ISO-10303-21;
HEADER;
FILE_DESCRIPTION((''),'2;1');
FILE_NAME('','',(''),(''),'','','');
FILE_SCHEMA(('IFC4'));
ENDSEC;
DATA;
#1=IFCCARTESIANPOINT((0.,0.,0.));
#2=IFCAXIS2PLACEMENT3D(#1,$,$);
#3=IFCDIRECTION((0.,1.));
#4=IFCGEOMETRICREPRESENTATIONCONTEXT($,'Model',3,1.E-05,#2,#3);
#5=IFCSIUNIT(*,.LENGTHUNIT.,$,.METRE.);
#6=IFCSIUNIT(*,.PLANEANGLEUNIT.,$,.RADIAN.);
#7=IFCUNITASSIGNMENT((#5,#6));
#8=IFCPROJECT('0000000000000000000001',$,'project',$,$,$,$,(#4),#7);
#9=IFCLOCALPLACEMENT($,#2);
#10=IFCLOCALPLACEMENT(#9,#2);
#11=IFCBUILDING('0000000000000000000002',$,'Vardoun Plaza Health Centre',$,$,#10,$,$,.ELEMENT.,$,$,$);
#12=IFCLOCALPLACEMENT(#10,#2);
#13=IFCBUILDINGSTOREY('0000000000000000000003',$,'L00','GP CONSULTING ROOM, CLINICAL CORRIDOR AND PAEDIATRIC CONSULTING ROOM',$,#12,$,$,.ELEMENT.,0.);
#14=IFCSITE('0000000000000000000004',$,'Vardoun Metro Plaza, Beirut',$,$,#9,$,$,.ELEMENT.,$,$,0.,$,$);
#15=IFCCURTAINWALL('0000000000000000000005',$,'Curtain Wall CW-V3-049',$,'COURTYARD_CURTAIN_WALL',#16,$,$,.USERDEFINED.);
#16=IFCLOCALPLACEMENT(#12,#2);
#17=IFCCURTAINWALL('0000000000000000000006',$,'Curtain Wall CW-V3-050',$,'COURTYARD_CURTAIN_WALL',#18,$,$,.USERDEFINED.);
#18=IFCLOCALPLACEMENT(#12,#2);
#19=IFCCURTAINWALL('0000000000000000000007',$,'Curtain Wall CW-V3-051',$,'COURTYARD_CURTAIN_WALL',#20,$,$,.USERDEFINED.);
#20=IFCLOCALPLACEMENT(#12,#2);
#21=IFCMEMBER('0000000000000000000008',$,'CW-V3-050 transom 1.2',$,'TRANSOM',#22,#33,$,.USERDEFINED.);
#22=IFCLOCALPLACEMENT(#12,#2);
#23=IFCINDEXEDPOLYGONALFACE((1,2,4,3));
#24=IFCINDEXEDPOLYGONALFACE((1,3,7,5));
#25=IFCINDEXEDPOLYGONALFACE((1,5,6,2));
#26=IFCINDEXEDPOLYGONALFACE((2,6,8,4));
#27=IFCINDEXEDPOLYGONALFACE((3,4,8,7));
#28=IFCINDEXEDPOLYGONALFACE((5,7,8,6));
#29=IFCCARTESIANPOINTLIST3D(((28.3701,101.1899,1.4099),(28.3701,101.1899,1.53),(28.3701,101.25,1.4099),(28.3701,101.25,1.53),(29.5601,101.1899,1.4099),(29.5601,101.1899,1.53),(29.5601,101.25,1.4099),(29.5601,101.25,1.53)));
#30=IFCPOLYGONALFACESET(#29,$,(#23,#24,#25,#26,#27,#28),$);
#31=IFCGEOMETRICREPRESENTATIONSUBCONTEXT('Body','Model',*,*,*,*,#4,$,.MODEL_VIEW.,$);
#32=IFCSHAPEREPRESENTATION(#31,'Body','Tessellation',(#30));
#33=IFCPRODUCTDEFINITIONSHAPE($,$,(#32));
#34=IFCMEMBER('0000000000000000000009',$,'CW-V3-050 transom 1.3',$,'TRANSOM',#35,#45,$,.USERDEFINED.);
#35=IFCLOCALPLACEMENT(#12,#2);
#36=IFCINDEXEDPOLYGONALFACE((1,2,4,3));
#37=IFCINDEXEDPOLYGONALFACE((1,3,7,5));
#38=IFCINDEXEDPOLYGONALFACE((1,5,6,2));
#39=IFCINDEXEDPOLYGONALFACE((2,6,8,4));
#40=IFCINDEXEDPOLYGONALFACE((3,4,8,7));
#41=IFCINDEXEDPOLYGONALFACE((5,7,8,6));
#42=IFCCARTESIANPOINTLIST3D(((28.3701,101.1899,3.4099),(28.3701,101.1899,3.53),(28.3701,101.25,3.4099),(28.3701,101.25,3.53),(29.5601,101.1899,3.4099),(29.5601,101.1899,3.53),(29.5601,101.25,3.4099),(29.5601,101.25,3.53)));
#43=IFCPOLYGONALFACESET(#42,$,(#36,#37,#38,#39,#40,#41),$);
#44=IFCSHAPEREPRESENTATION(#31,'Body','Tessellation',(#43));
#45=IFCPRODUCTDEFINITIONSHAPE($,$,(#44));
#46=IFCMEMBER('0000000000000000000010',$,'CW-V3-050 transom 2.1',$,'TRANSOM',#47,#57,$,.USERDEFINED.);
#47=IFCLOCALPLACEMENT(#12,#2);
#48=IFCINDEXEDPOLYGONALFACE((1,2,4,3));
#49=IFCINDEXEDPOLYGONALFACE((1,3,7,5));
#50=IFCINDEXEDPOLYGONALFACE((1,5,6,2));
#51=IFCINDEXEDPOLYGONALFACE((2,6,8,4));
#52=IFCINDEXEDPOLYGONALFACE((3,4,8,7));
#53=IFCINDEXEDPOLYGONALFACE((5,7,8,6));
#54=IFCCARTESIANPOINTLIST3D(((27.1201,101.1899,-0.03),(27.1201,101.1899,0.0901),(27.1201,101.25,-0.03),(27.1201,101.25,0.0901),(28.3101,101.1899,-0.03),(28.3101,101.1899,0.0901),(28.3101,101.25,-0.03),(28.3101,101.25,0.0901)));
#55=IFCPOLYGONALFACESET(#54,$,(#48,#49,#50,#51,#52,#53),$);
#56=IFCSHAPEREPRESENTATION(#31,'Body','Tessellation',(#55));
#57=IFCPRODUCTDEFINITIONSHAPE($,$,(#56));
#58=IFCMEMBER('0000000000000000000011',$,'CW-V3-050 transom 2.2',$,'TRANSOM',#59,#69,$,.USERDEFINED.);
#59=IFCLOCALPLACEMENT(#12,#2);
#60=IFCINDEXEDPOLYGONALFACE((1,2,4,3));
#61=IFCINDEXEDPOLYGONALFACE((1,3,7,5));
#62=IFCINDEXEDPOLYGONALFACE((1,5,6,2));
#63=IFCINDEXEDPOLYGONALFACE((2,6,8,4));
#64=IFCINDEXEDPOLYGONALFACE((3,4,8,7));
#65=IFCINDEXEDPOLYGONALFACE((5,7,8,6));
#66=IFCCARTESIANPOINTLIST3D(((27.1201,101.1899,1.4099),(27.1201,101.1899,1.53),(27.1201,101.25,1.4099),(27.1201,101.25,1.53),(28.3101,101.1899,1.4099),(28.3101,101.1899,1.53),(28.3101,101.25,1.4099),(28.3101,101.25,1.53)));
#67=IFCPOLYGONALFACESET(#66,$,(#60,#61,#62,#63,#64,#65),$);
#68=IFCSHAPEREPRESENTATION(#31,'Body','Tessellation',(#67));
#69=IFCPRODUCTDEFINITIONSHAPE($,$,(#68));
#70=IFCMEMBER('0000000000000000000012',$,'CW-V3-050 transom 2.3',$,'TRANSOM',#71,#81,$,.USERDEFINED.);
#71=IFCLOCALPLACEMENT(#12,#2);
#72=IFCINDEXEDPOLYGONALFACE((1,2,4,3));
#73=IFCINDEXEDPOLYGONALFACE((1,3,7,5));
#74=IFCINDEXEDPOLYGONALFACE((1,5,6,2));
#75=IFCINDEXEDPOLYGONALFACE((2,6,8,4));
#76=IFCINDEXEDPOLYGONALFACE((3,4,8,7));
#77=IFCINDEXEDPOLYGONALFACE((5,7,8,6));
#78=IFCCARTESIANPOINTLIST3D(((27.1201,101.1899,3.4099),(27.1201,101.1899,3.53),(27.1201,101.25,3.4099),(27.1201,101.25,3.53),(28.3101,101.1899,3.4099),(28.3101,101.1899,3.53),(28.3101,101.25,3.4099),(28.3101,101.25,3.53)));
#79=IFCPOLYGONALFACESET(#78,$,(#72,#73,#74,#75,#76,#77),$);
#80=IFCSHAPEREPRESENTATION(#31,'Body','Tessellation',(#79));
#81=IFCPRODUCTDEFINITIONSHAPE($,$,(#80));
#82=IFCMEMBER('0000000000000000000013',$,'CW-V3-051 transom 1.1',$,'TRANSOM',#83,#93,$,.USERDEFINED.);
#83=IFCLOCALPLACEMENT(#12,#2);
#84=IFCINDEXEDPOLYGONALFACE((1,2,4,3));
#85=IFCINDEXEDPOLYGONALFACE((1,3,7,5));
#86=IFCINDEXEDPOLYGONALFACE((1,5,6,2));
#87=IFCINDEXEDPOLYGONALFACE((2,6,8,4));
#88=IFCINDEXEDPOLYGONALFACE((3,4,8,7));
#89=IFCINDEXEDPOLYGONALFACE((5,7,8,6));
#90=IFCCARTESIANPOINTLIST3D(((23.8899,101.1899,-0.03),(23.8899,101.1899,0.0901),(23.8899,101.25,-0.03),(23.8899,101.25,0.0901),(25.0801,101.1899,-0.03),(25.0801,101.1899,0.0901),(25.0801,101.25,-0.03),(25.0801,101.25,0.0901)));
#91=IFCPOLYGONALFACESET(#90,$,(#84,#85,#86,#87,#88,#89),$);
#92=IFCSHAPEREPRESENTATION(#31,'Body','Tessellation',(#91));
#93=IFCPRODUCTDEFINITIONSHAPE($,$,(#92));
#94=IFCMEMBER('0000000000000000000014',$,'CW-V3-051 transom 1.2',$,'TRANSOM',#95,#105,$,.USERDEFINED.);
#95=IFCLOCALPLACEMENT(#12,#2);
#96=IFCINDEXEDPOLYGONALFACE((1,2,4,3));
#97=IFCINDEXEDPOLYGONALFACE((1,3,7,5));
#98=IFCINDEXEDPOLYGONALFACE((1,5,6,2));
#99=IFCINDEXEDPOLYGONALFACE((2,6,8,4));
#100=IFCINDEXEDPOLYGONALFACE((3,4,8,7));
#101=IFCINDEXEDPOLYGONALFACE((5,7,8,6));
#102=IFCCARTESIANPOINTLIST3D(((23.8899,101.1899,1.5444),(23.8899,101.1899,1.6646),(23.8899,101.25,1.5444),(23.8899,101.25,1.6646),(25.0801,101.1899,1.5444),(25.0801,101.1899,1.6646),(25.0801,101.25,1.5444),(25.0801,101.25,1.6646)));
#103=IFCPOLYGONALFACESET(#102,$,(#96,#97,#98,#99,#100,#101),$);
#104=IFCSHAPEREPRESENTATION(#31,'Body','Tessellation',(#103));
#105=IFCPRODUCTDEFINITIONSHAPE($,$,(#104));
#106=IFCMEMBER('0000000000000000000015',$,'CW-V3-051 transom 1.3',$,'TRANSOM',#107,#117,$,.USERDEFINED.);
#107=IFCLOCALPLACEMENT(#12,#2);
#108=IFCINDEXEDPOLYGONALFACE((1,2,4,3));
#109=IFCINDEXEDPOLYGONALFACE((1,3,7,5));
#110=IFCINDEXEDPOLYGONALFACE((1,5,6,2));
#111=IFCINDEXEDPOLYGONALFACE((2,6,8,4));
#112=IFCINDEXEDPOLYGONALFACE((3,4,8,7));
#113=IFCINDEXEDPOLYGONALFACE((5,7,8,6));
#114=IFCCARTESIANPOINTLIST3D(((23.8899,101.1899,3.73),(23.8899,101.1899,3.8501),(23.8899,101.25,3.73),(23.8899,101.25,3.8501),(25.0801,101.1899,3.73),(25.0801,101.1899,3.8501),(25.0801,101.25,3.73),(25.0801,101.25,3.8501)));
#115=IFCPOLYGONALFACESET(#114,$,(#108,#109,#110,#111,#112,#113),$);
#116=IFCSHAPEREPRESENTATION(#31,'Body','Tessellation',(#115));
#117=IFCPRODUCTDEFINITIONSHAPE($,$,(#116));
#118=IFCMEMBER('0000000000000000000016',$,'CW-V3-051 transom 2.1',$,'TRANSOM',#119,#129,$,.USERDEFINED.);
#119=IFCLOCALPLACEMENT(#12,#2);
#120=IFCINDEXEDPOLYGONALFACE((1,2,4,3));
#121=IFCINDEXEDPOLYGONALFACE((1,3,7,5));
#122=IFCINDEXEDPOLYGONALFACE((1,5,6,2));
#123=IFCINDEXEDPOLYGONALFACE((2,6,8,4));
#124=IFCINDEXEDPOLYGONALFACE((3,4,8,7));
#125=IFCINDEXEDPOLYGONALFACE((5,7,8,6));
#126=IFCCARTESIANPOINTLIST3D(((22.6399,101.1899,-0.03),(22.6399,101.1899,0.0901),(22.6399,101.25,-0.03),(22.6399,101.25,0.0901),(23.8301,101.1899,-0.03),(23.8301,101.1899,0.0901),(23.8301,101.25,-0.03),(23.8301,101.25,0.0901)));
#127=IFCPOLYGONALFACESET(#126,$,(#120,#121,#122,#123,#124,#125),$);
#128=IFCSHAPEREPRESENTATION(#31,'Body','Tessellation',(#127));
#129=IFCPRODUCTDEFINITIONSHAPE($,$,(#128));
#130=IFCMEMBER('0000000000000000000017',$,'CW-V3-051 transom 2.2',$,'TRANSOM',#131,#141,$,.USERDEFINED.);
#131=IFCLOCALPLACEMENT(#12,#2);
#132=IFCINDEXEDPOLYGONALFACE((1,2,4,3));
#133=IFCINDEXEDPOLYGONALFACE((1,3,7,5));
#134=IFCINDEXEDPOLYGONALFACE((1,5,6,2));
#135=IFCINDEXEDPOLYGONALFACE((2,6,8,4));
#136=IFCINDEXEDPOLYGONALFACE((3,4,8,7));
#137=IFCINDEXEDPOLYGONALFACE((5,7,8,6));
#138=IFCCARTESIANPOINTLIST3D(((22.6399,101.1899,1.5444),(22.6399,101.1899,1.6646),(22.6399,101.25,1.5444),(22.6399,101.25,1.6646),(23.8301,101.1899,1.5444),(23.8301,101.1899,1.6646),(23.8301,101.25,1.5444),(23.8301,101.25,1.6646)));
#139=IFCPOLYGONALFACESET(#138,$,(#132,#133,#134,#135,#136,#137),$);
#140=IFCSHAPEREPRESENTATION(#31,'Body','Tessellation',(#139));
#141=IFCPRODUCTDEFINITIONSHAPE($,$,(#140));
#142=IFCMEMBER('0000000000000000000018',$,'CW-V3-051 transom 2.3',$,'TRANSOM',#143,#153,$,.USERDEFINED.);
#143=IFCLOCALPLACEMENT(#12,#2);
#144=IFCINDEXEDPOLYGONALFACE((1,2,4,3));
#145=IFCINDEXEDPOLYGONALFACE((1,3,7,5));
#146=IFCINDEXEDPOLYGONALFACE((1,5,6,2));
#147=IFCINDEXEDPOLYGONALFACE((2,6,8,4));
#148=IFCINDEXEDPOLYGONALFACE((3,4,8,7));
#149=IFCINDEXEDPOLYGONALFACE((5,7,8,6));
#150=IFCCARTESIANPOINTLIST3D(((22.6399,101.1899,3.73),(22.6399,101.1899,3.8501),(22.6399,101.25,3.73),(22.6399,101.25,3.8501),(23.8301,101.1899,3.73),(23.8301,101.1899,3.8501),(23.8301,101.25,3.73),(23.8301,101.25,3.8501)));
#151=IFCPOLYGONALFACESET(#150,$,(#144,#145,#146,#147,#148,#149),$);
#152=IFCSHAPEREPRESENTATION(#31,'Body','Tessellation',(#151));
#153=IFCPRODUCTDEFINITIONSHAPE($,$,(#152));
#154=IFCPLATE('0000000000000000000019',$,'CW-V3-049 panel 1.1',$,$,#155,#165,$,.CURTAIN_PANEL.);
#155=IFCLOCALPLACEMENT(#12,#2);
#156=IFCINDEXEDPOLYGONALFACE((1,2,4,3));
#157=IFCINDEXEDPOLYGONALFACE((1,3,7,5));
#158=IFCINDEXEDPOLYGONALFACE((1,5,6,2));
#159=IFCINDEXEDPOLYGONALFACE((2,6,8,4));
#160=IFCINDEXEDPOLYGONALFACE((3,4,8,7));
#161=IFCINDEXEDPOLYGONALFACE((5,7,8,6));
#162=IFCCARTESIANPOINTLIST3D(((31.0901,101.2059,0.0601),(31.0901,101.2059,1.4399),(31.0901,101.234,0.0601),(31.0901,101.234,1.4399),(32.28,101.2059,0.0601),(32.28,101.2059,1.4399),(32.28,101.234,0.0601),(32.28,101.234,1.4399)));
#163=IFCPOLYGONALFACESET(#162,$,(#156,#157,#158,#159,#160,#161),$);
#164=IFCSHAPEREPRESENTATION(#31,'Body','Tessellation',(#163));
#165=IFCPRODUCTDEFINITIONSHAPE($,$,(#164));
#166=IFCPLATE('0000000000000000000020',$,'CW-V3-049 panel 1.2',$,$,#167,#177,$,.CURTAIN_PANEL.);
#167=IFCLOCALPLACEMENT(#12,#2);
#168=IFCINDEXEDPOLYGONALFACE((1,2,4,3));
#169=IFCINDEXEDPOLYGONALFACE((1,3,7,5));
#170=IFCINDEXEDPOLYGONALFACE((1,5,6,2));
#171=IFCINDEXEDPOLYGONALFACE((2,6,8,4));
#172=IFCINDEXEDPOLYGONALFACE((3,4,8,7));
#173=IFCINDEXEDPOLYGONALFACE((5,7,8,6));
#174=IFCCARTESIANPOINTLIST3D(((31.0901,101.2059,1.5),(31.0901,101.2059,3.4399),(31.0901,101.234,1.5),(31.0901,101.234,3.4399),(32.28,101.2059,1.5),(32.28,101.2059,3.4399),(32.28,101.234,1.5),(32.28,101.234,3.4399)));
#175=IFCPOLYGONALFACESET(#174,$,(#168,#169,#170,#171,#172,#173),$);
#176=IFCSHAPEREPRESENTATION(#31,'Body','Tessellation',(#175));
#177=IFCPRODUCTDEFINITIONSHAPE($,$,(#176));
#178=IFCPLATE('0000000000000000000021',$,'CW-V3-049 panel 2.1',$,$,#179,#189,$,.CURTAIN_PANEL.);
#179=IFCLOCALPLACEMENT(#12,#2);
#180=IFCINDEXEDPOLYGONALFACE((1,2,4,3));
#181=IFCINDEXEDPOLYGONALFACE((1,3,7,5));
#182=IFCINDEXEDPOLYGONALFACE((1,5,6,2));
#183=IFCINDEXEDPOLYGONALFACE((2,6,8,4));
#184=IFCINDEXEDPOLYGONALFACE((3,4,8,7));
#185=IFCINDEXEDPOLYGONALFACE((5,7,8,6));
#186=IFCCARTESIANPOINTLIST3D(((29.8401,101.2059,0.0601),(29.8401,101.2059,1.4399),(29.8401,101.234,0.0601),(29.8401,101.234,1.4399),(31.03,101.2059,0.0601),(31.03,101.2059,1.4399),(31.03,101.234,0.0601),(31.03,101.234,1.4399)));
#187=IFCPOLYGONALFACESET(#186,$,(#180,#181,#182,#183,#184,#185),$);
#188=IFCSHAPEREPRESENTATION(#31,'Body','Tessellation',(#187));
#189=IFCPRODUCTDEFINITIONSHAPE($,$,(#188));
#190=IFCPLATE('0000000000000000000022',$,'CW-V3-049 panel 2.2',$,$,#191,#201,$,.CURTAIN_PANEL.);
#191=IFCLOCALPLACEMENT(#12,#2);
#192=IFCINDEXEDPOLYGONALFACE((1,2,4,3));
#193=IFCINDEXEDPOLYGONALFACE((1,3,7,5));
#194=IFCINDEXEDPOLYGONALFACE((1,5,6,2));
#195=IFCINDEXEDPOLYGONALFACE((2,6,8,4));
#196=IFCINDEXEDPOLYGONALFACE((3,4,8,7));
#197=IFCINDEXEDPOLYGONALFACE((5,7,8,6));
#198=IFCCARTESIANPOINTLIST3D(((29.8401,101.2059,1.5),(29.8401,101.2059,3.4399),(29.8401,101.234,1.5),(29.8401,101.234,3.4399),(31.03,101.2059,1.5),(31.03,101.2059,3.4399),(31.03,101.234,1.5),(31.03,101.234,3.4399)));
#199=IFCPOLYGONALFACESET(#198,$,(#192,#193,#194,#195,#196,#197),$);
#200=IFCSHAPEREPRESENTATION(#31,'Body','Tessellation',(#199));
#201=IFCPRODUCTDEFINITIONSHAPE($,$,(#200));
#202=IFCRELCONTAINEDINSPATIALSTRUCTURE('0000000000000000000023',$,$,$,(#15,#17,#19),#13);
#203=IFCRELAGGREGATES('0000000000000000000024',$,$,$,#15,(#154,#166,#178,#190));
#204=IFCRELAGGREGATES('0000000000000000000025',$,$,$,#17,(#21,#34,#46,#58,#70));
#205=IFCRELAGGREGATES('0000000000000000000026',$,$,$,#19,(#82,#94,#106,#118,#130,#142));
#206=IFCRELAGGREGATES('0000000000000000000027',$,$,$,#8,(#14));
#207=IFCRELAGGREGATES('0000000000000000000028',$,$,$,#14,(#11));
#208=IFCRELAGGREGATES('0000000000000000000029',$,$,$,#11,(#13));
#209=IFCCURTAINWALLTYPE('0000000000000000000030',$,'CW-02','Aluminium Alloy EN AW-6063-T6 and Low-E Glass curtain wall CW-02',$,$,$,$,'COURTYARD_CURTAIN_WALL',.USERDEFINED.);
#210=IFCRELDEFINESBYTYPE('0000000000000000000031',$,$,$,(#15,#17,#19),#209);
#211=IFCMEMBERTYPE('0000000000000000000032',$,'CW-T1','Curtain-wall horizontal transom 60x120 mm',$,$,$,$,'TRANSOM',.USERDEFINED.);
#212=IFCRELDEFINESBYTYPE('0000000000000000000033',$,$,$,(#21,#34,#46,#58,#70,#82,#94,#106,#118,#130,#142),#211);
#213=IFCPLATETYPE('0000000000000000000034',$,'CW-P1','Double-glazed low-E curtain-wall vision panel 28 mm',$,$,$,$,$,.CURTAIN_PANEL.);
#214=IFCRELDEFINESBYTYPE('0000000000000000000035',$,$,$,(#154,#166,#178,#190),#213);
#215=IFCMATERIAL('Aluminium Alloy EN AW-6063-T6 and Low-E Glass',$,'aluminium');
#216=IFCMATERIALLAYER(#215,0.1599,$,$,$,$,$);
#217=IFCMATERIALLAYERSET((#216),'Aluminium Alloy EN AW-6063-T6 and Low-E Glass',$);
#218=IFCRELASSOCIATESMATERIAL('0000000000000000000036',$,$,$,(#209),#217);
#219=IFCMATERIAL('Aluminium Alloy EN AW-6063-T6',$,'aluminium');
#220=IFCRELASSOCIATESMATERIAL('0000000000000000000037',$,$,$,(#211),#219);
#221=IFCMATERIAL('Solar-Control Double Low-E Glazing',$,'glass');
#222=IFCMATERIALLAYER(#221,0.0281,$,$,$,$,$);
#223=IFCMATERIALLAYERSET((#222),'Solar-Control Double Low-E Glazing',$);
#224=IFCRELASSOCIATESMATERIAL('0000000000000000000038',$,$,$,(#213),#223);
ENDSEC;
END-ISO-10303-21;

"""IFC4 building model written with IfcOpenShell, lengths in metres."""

from ifc_helpers import new_model, si_unit, direction, frame, origin, origin_2d, place, context, subcontext, project, spatial, rectangle, extrude, material, layer, layer_set, material_profile, profile_set, type_object, element, aggregate, save


model = new_model("IFC4")

# Units and contexts
model_context = context("Model", 3, precision=1e-05, world=origin(), true_north=direction((0.0, 1.0)))
body_context = subcontext(model_context, "Body", "Model", "MODEL_VIEW")
ifc_project = project(units=[si_unit("LENGTHUNIT", "METRE"), si_unit("PLANEANGLEUNIT", "RADIAN")], contexts=[model_context])

# Site, building, storey
site_placement = place(None, origin())
site = spatial("IfcSite", under=ifc_project, at=site_placement, Name="Vardoun Metro Plaza, Beirut", CompositionType="ELEMENT", RefElevation=0.0)
building_placement = place(site_placement, origin())
building = spatial("IfcBuilding", under=site, at=building_placement, Name="Vardoun Plaza Health Centre", CompositionType="ELEMENT")
storey_placement = place(building_placement, origin())
storey = spatial("IfcBuildingStorey", under=building, at=storey_placement, Name="L00", Description="GP CONSULTING ROOM, CLINICAL CORRIDOR AND PAEDIATRIC CONSULTING ROOM", CompositionType="ELEMENT", Elevation=0.0)

# Curtain walls
ifc_material_1 = material(Name="Aluminium Alloy EN AW-6063-T6 and Low-E Glass", Category="aluminium")
ifc_layer_1 = layer(ifc_material_1, 0.1599)
ifc_layer_set_1 = layer_set([ifc_layer_1], Name="Aluminium Alloy EN AW-6063-T6 and Low-E Glass")
curtain_wall_type = type_object("IfcCurtainWallType", Name="CW-02", Description="Aluminium Alloy EN AW-6063-T6 and Low-E Glass curtain wall CW-02", ElementType="COURTYARD_CURTAIN_WALL", PredefinedType="USERDEFINED", material=ifc_layer_set_1)
curtain_wall_1_placement = place(storey_placement, origin())
curtain_wall_1 = element("IfcCurtainWall", 1, at=curtain_wall_1_placement, inside=storey, type_object=curtain_wall_type, Name="Curtain Wall CW-V3-049", ObjectType="COURTYARD_CURTAIN_WALL", PredefinedType="USERDEFINED")
curtain_wall_2_placement = place(storey_placement, origin())
curtain_wall_2 = element("IfcCurtainWall", 2, at=curtain_wall_2_placement, inside=storey, type_object=curtain_wall_type, Name="Curtain Wall CW-V3-050", ObjectType="COURTYARD_CURTAIN_WALL", PredefinedType="USERDEFINED")
curtain_wall_3_placement = place(storey_placement, origin())
curtain_wall_3 = element("IfcCurtainWall", 3, at=curtain_wall_3_placement, inside=storey, type_object=curtain_wall_type, Name="Curtain Wall CW-V3-051", ObjectType="COURTYARD_CURTAIN_WALL", PredefinedType="USERDEFINED")

# Members
ifc_material_2 = material(Name="Aluminium Alloy EN AW-6063-T6", Category="aluminium")
ifc_material_profile_1 = material_profile(ifc_material_2, rectangle(XDim=0.0601, YDim=0.1201, at=origin_2d()), Name="CWT 60x120")
ifc_profile_set_1 = profile_set([ifc_material_profile_1], Name="Aluminium Alloy EN AW-6063-T6")
member_type_1 = type_object("IfcMemberType", Name="CW-T1", Description="Curtain-wall horizontal transom 60x120 mm", ElementType="TRANSOM", PredefinedType="USERDEFINED", material=ifc_profile_set_1)
member_1_placement = place(storey_placement, frame((29.5601, 101.22, 1.47), z_axis=(-1.0, 0.0, 0.0), x_axis=(0.0, -1.0, 0.0)))
member_1 = element("IfcMember", 4, at=member_1_placement, type_object=member_type_1, Name="CW-V3-050 transom 1.2", ObjectType="TRANSOM", PredefinedType="USERDEFINED", context=body_context, shape_type="SweptSolid", body=[
    extrude(rectangle(XDim=0.0601, YDim=0.1201, at=origin_2d()), origin(), (0.0, 0.0, 1.0), 1.1899),
])
member_2_placement = place(storey_placement, frame((29.5601, 101.22, 3.47), z_axis=(-1.0, 0.0, 0.0), x_axis=(0.0, -1.0, 0.0)))
member_2 = element("IfcMember", 5, at=member_2_placement, type_object=member_type_1, Name="CW-V3-050 transom 1.3", ObjectType="TRANSOM", PredefinedType="USERDEFINED", context=body_context, shape_type="SweptSolid", body=[
    extrude(rectangle(XDim=0.0601, YDim=0.1201, at=origin_2d()), origin(), (0.0, 0.0, 1.0), 1.1899),
])
member_3_placement = place(storey_placement, frame((28.3101, 101.22, 0.03), z_axis=(-1.0, 0.0, 0.0), x_axis=(0.0, -1.0, 0.0)))
member_3 = element("IfcMember", 6, at=member_3_placement, type_object=member_type_1, Name="CW-V3-050 transom 2.1", ObjectType="TRANSOM", PredefinedType="USERDEFINED", context=body_context, shape_type="SweptSolid", body=[
    extrude(rectangle(XDim=0.0601, YDim=0.1201, at=origin_2d()), origin(), (0.0, 0.0, 1.0), 1.1899),
])
member_4_placement = place(storey_placement, frame((28.3101, 101.22, 1.47), z_axis=(-1.0, 0.0, 0.0), x_axis=(0.0, -1.0, 0.0)))
member_4 = element("IfcMember", 7, at=member_4_placement, type_object=member_type_1, Name="CW-V3-050 transom 2.2", ObjectType="TRANSOM", PredefinedType="USERDEFINED", context=body_context, shape_type="SweptSolid", body=[
    extrude(rectangle(XDim=0.0601, YDim=0.1201, at=origin_2d()), origin(), (0.0, 0.0, 1.0), 1.1899),
])
member_5_placement = place(storey_placement, frame((28.3101, 101.22, 3.47), z_axis=(-1.0, 0.0, 0.0), x_axis=(0.0, -1.0, 0.0)))
member_5 = element("IfcMember", 8, at=member_5_placement, type_object=member_type_1, Name="CW-V3-050 transom 2.3", ObjectType="TRANSOM", PredefinedType="USERDEFINED", context=body_context, shape_type="SweptSolid", body=[
    extrude(rectangle(XDim=0.0601, YDim=0.1201, at=origin_2d()), origin(), (0.0, 0.0, 1.0), 1.1899),
])
member_6_placement = place(storey_placement, frame((25.0801, 101.22, 0.03), z_axis=(-1.0, 0.0, 0.0), x_axis=(0.0, -1.0, 0.0)))
member_6 = element("IfcMember", 9, at=member_6_placement, type_object=member_type_1, Name="CW-V3-051 transom 1.1", ObjectType="TRANSOM", PredefinedType="USERDEFINED", context=body_context, shape_type="SweptSolid", body=[
    extrude(rectangle(XDim=0.0601, YDim=0.1201, at=origin_2d()), origin(), (0.0, 0.0, 1.0), 1.1902),
])
member_7_placement = place(storey_placement, frame((25.0801, 101.22, 1.6045), z_axis=(-1.0, 0.0, 0.0), x_axis=(0.0, -1.0, 0.0)))
member_7 = element("IfcMember", 10, at=member_7_placement, type_object=member_type_1, Name="CW-V3-051 transom 1.2", ObjectType="TRANSOM", PredefinedType="USERDEFINED", context=body_context, shape_type="SweptSolid", body=[
    extrude(rectangle(XDim=0.0601, YDim=0.1201, at=origin_2d()), origin(), (0.0, 0.0, 1.0), 1.1902),
])
member_8_placement = place(storey_placement, frame((25.0801, 101.22, 3.79), z_axis=(-1.0, 0.0, 0.0), x_axis=(0.0, -1.0, 0.0)))
member_8 = element("IfcMember", 11, at=member_8_placement, type_object=member_type_1, Name="CW-V3-051 transom 1.3", ObjectType="TRANSOM", PredefinedType="USERDEFINED", context=body_context, shape_type="SweptSolid", body=[
    extrude(rectangle(XDim=0.0601, YDim=0.1201, at=origin_2d()), origin(), (0.0, 0.0, 1.0), 1.1902),
])
member_9_placement = place(storey_placement, frame((23.8301, 101.22, 0.03), z_axis=(-1.0, 0.0, 0.0), x_axis=(0.0, -1.0, 0.0)))
member_9 = element("IfcMember", 12, at=member_9_placement, type_object=member_type_1, Name="CW-V3-051 transom 2.1", ObjectType="TRANSOM", PredefinedType="USERDEFINED", context=body_context, shape_type="SweptSolid", body=[
    extrude(rectangle(XDim=0.0601, YDim=0.1201, at=origin_2d()), origin(), (0.0, 0.0, 1.0), 1.1902),
])
member_10_placement = place(storey_placement, frame((23.8301, 101.22, 1.6045), z_axis=(-1.0, 0.0, 0.0), x_axis=(0.0, -1.0, 0.0)))
member_10 = element("IfcMember", 13, at=member_10_placement, type_object=member_type_1, Name="CW-V3-051 transom 2.2", ObjectType="TRANSOM", PredefinedType="USERDEFINED", context=body_context, shape_type="SweptSolid", body=[
    extrude(rectangle(XDim=0.0601, YDim=0.1201, at=origin_2d()), origin(), (0.0, 0.0, 1.0), 1.1902),
])
member_11_placement = place(storey_placement, frame((23.8301, 101.22, 3.79), z_axis=(-1.0, 0.0, 0.0), x_axis=(0.0, -1.0, 0.0)))
member_11 = element("IfcMember", 14, at=member_11_placement, type_object=member_type_1, Name="CW-V3-051 transom 2.3", ObjectType="TRANSOM", PredefinedType="USERDEFINED", context=body_context, shape_type="SweptSolid", body=[
    extrude(rectangle(XDim=0.0601, YDim=0.1201, at=origin_2d()), origin(), (0.0, 0.0, 1.0), 1.1902),
])

# Plates
ifc_material_3 = material(Name="Solar-Control Double Low-E Glazing", Category="glass")
ifc_layer_2 = layer(ifc_material_3, 0.0281)
ifc_layer_set_2 = layer_set([ifc_layer_2], Name="Solar-Control Double Low-E Glazing")
plate_type = type_object("IfcPlateType", Name="CW-P1", Description="Double-glazed low-E curtain-wall vision panel 28 mm", PredefinedType="CURTAIN_PANEL", material=ifc_layer_set_2)
plate_1_placement = place(storey_placement, frame((31.6851, 101.22, 0.0601), z_axis=(0.0, 0.0, 1.0), x_axis=(-1.0, 0.0, 0.0)))
plate_1 = element("IfcPlate", 15, at=plate_1_placement, type_object=plate_type, Name="CW-V3-049 panel 1.1", PredefinedType="CURTAIN_PANEL", context=body_context, shape_type="SweptSolid", body=[
    extrude(rectangle(XDim=1.1899, YDim=0.0281, at=origin_2d()), origin(), (0.0, 0.0, 1.0), 1.3799),
])
plate_2_placement = place(storey_placement, frame((31.6851, 101.22, 1.5), z_axis=(0.0, 0.0, 1.0), x_axis=(-1.0, 0.0, 0.0)))
plate_2 = element("IfcPlate", 16, at=plate_2_placement, type_object=plate_type, Name="CW-V3-049 panel 1.2", PredefinedType="CURTAIN_PANEL", context=body_context, shape_type="SweptSolid", body=[
    extrude(rectangle(XDim=1.1899, YDim=0.0281, at=origin_2d()), origin(), (0.0, 0.0, 1.0), 1.9399),
])
plate_3_placement = place(storey_placement, frame((30.4351, 101.22, 0.0601), z_axis=(0.0, 0.0, 1.0), x_axis=(-1.0, 0.0, 0.0)))
plate_3 = element("IfcPlate", 17, at=plate_3_placement, type_object=plate_type, Name="CW-V3-049 panel 2.1", PredefinedType="CURTAIN_PANEL", context=body_context, shape_type="SweptSolid", body=[
    extrude(rectangle(XDim=1.1899, YDim=0.0281, at=origin_2d()), origin(), (0.0, 0.0, 1.0), 1.3799),
])
plate_4_placement = place(storey_placement, frame((30.4351, 101.22, 1.5), z_axis=(0.0, 0.0, 1.0), x_axis=(-1.0, 0.0, 0.0)))
plate_4 = element("IfcPlate", 18, at=plate_4_placement, type_object=plate_type, Name="CW-V3-049 panel 2.2", PredefinedType="CURTAIN_PANEL", context=body_context, shape_type="SweptSolid", body=[
    extrude(rectangle(XDim=1.1899, YDim=0.0281, at=origin_2d()), origin(), (0.0, 0.0, 1.0), 1.9399),
])
aggregate(curtain_wall_1, [plate_1, plate_2, plate_3, plate_4])
aggregate(curtain_wall_2, [member_1, member_2, member_3, member_4, member_5])
aggregate(curtain_wall_3, [member_6, member_7, member_8, member_9, member_10, member_11])

save(model, "model.ifc")
